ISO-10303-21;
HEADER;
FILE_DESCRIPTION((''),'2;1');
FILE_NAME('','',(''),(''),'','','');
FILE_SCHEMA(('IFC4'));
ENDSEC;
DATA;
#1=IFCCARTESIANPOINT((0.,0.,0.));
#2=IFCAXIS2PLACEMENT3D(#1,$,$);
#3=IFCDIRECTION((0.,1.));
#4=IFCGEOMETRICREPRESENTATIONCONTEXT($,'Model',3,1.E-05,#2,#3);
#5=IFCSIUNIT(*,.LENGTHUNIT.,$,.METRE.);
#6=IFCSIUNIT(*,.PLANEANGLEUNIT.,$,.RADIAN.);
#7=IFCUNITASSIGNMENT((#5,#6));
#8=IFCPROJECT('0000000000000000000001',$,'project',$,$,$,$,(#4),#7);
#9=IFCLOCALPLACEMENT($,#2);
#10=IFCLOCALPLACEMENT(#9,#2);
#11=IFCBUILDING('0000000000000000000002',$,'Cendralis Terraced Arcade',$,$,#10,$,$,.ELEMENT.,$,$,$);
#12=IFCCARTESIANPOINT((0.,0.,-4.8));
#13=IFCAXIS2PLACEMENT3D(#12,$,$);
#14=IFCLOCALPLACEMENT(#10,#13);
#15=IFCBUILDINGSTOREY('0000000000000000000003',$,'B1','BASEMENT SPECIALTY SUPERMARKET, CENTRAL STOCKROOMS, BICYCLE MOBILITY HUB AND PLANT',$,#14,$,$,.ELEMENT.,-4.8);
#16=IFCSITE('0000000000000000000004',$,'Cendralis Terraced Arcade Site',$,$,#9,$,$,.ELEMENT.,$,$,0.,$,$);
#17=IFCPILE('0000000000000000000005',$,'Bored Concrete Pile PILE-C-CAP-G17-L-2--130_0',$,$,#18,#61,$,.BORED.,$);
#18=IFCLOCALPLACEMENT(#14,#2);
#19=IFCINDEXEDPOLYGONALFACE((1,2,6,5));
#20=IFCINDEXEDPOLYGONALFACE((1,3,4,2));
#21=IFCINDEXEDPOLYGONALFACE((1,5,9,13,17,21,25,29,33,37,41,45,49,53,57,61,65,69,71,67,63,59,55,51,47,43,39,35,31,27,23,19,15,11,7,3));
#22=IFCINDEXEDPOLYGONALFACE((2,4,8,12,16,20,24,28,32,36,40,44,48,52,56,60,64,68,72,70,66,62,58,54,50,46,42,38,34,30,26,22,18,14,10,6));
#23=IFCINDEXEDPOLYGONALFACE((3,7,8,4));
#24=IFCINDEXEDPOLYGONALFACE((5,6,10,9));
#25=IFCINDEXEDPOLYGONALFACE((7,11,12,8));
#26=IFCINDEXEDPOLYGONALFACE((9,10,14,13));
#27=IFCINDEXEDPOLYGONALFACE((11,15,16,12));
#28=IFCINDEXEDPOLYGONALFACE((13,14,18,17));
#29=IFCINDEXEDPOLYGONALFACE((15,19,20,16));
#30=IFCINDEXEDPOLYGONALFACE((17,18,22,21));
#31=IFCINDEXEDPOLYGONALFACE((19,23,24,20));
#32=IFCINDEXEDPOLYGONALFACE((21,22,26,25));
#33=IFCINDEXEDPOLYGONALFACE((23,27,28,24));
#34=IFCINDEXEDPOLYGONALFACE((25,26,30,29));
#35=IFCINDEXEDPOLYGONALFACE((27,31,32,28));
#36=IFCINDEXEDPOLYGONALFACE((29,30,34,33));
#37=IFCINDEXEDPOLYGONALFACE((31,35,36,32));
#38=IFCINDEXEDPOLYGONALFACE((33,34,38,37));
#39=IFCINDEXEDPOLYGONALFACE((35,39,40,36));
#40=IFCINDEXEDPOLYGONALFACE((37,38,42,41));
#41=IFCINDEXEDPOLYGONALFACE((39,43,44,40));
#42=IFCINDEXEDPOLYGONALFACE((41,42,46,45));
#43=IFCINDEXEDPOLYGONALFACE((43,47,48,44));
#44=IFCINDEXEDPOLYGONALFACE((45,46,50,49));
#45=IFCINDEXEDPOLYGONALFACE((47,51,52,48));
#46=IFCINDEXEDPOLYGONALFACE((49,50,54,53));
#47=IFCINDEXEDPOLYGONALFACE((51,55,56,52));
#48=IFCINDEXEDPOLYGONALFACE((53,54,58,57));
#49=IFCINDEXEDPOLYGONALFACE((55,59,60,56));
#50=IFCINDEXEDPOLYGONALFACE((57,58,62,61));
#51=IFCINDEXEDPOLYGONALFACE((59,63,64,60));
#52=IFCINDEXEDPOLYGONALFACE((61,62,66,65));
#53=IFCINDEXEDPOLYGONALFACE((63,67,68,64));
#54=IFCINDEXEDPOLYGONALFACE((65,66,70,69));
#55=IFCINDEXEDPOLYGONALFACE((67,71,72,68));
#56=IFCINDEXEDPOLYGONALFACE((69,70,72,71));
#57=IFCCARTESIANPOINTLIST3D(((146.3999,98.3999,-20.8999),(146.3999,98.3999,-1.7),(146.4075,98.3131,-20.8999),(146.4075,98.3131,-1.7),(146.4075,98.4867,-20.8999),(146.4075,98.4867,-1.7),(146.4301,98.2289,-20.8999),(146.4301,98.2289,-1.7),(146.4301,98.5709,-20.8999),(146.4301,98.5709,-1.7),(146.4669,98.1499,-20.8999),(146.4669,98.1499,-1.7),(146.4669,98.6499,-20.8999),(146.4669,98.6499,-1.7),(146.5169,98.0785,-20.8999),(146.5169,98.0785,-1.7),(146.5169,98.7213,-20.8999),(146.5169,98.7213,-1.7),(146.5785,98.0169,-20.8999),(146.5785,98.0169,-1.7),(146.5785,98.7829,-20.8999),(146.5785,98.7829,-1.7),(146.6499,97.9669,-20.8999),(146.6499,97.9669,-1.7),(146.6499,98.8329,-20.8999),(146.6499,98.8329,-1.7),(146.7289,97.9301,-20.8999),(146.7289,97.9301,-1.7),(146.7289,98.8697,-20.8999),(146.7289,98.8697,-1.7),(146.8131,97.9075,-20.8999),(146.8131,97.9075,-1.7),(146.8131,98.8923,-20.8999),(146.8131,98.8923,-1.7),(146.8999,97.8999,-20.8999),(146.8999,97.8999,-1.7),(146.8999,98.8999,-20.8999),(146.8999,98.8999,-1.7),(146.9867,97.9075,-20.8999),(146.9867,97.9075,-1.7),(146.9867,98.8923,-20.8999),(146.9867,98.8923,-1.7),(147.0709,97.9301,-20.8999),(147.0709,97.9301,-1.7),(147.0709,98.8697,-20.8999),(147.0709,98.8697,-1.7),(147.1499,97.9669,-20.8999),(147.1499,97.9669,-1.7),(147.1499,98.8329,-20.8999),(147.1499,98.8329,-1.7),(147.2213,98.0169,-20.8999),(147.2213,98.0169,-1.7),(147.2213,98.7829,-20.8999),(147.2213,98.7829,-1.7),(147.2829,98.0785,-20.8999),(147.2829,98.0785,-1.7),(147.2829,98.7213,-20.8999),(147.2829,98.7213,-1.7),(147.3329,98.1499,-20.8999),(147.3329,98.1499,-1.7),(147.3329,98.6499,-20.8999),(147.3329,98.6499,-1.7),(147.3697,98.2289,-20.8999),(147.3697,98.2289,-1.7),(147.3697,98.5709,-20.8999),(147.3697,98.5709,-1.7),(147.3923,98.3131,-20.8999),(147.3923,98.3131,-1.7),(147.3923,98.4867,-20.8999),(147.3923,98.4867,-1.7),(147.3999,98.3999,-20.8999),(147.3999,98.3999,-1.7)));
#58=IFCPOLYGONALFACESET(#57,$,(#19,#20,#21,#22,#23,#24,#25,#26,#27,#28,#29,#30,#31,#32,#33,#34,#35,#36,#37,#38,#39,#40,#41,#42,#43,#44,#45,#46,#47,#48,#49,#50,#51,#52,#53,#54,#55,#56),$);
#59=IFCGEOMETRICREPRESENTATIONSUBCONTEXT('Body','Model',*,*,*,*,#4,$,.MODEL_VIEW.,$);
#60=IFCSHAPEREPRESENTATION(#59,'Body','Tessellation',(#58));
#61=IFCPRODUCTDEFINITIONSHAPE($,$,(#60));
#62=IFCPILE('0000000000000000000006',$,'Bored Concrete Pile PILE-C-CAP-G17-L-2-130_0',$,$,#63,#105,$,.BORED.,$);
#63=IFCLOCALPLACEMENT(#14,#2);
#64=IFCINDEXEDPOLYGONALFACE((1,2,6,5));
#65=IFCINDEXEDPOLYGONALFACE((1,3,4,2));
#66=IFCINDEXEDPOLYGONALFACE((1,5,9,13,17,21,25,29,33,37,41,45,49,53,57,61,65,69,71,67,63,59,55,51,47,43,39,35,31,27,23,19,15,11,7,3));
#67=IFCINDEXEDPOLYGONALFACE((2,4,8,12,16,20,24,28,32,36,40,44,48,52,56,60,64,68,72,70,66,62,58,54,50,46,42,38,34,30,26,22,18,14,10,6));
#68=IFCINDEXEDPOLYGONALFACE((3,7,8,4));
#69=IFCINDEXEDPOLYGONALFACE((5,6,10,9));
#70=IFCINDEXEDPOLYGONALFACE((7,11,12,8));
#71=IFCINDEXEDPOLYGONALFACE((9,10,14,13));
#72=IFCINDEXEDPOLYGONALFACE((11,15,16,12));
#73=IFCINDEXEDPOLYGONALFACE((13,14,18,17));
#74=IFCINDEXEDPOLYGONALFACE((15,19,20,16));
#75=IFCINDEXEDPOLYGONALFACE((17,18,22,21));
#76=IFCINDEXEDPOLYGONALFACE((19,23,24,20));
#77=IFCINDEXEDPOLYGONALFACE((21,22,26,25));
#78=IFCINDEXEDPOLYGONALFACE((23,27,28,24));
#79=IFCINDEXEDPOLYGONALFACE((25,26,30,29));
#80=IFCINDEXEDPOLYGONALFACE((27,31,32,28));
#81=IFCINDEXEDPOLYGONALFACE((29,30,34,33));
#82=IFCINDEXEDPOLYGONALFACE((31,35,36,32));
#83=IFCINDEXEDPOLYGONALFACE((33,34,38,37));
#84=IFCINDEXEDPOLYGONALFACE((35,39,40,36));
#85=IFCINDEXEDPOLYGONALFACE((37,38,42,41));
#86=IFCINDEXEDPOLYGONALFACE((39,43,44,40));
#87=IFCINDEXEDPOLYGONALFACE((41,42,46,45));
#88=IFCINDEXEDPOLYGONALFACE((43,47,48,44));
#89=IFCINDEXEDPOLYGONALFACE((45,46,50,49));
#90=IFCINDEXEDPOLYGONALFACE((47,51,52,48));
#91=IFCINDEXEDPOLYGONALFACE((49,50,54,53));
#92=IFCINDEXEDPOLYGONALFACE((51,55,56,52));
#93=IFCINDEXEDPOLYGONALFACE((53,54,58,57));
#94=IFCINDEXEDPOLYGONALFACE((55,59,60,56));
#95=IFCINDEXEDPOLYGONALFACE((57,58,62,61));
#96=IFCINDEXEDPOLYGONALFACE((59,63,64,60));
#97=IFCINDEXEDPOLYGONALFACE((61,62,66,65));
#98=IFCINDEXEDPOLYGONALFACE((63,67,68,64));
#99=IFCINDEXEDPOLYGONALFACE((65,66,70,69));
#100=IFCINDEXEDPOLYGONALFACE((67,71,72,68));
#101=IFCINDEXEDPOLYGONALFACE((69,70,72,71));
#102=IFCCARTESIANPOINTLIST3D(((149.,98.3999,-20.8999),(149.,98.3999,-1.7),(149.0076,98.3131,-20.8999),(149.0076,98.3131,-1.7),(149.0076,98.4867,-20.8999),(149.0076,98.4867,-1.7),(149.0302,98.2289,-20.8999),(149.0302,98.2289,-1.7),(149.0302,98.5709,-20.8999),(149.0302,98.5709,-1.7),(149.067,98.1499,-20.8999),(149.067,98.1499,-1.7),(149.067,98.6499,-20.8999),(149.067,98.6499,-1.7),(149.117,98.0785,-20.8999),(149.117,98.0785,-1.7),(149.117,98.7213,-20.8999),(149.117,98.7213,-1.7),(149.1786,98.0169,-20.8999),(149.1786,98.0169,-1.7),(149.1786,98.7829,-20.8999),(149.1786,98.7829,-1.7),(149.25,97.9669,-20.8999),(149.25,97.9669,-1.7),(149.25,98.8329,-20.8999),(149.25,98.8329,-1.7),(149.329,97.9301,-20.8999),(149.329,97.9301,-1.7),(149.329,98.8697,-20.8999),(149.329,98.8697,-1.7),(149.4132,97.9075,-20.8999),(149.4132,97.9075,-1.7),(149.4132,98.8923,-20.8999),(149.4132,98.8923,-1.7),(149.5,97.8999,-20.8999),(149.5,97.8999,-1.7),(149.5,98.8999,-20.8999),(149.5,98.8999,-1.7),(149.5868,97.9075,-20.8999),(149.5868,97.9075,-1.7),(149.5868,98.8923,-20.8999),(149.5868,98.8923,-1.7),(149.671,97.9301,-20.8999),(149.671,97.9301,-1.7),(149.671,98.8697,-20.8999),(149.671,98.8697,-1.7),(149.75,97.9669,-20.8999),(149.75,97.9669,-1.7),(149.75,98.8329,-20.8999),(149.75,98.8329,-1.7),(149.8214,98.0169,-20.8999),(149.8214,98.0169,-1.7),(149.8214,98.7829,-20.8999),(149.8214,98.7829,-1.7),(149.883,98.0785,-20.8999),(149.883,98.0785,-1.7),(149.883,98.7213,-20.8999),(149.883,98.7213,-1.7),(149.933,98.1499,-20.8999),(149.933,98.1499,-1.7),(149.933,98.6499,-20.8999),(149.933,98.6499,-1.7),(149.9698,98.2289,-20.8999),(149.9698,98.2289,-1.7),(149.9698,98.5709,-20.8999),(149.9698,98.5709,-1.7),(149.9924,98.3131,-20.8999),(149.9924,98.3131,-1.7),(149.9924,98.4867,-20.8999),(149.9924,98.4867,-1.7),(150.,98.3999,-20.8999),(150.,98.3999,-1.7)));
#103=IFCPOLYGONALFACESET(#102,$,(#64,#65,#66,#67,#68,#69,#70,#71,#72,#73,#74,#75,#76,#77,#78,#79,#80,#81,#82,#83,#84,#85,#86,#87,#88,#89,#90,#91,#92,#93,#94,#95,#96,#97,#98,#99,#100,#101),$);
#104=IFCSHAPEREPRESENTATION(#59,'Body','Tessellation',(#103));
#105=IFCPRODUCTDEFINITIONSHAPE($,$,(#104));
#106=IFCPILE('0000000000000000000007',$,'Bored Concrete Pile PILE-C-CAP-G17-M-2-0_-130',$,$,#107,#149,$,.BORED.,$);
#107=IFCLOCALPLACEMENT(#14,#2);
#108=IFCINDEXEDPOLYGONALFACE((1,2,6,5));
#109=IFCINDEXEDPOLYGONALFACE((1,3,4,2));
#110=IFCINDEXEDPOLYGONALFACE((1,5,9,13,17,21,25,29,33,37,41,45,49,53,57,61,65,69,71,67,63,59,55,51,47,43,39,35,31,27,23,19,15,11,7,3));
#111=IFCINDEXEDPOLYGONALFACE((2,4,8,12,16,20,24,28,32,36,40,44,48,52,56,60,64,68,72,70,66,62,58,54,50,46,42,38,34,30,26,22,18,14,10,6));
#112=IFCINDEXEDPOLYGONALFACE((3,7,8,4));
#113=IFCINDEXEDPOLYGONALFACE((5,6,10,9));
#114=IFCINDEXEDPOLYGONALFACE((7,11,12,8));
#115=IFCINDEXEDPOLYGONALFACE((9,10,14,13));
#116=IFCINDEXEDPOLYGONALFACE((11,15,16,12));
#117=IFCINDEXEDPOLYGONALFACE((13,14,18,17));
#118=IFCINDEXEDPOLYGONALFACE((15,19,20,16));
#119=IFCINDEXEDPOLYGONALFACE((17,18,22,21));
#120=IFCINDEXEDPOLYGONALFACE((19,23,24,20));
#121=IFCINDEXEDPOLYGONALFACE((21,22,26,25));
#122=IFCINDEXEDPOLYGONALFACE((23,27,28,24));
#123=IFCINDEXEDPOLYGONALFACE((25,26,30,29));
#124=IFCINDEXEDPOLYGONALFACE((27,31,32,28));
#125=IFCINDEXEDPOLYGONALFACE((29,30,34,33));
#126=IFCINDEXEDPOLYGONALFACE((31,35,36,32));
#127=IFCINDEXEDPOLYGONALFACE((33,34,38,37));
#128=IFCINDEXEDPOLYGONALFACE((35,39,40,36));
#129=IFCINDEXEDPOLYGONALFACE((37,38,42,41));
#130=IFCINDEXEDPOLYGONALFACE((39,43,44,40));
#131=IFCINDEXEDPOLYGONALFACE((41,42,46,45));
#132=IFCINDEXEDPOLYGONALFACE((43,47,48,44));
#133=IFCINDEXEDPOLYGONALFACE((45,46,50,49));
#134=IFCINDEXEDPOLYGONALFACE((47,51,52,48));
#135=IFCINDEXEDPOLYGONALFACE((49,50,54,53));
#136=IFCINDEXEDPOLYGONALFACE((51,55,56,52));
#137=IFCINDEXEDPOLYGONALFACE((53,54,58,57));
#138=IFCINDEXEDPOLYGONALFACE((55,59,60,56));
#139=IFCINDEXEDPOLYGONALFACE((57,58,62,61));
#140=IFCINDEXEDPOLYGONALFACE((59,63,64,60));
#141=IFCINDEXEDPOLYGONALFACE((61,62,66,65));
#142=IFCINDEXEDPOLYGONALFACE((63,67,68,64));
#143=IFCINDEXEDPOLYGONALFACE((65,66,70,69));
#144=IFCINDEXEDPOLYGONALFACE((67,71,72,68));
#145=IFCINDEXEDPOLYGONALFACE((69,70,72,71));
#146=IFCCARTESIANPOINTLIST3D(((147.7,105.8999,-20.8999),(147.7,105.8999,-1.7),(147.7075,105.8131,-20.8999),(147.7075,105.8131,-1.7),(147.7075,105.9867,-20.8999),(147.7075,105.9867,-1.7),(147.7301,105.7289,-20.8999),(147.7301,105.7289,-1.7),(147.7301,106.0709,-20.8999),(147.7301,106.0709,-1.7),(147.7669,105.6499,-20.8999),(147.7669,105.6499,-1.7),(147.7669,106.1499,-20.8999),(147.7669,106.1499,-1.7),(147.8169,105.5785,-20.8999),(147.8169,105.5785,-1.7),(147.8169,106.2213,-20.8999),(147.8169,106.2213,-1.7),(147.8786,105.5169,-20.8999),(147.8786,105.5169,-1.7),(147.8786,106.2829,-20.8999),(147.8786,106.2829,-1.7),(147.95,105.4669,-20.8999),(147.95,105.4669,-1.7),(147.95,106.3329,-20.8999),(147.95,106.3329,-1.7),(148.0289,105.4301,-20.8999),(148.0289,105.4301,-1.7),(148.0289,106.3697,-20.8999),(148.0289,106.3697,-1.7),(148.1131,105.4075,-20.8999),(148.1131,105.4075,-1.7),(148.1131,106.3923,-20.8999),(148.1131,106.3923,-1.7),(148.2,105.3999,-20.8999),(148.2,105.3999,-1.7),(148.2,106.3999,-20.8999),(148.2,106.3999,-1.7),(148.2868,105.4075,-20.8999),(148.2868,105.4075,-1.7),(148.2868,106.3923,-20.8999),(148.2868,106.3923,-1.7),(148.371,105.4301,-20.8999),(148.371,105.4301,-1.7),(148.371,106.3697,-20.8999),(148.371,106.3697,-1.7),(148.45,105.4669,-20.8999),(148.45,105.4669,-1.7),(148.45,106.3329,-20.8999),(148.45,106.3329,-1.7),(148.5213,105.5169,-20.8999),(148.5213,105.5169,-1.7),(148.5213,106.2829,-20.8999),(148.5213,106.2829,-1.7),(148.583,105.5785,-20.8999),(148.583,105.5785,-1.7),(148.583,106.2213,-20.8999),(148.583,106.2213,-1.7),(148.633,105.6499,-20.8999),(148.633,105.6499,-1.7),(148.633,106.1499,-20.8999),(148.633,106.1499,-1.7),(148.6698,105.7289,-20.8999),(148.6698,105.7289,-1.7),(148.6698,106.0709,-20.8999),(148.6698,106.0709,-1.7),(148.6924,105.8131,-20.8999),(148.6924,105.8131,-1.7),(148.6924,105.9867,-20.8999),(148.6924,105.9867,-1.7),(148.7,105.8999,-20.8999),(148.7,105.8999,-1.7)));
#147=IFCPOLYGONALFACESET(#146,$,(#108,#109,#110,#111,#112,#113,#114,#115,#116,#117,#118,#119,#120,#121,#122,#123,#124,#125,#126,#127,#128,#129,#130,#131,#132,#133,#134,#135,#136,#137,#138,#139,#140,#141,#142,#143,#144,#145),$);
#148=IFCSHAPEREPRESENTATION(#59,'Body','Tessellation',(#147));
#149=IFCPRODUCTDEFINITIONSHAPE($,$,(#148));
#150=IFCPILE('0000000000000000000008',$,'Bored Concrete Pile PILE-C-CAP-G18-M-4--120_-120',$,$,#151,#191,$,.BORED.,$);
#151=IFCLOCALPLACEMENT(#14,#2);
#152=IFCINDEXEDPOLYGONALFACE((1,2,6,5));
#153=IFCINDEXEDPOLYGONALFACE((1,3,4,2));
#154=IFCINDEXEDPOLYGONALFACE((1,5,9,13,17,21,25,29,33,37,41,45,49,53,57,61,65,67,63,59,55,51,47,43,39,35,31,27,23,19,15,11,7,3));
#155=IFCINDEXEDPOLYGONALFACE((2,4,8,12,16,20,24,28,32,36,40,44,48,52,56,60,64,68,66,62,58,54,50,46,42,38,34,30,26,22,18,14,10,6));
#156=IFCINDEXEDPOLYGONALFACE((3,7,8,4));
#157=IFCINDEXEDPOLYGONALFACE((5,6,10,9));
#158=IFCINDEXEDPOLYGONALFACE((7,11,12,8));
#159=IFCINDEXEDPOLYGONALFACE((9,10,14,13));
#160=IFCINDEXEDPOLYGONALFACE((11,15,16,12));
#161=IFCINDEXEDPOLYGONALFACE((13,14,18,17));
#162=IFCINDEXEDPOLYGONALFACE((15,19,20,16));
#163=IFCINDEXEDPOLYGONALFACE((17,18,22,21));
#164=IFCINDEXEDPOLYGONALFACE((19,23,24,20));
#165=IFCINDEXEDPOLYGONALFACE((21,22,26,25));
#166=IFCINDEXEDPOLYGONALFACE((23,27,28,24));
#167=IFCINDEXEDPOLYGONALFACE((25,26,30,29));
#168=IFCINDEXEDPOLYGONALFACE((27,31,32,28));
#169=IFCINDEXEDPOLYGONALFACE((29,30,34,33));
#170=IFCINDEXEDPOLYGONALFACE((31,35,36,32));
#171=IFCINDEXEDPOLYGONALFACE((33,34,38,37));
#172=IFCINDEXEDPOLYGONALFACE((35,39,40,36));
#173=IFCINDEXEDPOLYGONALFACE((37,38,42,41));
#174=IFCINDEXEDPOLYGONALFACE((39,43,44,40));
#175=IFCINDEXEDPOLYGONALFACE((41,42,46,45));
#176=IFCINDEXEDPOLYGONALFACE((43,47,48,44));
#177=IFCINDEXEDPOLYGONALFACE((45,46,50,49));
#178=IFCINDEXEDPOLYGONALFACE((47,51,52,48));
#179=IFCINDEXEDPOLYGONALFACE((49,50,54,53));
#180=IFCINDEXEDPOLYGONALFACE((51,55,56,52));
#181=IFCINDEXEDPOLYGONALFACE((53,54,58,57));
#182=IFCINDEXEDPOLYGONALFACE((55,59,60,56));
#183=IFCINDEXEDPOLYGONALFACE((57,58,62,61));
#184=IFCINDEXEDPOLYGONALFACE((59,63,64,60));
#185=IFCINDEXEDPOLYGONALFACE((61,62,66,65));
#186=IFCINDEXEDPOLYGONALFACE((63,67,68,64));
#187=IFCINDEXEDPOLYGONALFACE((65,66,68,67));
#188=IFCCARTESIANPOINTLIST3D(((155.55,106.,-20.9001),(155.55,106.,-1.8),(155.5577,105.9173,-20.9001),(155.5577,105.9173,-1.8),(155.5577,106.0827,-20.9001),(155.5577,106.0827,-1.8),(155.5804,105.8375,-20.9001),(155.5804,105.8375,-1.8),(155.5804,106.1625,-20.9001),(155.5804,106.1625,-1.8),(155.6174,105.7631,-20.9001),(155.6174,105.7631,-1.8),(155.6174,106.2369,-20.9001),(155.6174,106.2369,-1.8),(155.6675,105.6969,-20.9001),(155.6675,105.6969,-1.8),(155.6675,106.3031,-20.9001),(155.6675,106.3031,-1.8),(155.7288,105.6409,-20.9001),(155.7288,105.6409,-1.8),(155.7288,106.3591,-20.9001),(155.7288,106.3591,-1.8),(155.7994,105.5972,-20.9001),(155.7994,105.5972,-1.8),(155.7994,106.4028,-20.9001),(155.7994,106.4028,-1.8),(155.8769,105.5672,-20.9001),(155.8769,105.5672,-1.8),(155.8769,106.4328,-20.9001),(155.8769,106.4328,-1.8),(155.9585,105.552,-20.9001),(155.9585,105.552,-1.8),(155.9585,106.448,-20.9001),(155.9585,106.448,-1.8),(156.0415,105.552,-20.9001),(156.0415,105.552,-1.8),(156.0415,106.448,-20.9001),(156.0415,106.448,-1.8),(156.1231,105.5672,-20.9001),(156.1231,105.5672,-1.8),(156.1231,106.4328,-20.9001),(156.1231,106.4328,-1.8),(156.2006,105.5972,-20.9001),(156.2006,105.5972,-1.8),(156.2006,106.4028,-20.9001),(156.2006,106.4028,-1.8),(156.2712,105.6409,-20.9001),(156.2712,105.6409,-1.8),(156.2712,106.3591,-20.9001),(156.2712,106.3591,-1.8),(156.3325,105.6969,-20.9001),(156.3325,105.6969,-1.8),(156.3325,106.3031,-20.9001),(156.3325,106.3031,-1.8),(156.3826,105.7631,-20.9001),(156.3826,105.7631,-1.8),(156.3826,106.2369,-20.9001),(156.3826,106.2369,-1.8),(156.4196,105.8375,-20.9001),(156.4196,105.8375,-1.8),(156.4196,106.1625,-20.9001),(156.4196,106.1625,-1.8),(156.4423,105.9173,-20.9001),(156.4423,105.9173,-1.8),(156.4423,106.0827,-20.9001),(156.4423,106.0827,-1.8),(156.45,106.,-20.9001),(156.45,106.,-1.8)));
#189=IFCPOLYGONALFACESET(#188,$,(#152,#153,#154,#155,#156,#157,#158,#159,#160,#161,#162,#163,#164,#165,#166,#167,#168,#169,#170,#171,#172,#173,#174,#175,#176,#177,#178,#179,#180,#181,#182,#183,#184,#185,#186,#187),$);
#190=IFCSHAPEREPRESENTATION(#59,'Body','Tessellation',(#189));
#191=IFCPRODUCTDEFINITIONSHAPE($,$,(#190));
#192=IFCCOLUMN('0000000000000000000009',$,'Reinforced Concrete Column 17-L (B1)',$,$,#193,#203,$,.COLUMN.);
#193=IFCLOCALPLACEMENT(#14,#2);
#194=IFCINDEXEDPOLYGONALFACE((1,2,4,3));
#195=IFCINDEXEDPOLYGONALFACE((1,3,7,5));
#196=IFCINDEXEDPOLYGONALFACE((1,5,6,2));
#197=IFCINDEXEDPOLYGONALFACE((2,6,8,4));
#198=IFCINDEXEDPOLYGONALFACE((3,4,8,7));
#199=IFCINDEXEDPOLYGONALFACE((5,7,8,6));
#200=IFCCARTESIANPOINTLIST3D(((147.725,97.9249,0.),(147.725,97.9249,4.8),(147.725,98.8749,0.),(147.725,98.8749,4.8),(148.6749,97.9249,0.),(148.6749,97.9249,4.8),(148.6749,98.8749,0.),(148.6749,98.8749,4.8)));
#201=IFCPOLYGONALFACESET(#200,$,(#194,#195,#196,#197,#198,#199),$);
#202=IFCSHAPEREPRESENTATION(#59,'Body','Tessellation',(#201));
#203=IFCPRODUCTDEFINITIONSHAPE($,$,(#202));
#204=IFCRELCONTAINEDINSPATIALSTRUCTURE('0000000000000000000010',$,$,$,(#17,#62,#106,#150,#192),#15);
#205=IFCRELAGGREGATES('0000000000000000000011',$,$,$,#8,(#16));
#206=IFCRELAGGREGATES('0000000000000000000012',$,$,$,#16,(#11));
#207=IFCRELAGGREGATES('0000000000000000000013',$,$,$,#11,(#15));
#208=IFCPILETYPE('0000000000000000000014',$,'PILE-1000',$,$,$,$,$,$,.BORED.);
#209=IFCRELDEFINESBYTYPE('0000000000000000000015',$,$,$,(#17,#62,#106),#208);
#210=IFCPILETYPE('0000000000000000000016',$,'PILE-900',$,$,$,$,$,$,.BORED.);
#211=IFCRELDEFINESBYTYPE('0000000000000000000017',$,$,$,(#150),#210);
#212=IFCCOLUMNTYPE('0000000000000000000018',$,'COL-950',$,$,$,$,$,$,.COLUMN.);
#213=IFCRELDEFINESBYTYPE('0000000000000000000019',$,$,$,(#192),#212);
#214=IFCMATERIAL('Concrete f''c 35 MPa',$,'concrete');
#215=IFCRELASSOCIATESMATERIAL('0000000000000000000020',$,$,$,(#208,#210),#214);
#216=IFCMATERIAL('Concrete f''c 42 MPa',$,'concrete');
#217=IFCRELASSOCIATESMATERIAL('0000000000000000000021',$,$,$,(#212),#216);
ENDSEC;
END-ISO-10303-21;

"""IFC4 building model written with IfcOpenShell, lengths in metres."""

from ifc_helpers import new_model, si_unit, direction, frame, origin, origin_2d, place, context, subcontext, project, spatial, rectangle, circle, extrude, material, material_profile, profile_set, type_object, element, save


model = new_model("IFC4")

# Units and contexts
model_context = context("Model", 3, precision=1e-05, world=origin(), true_north=direction((0.0, 1.0)))
body_context = subcontext(model_context, "Body", "Model", "MODEL_VIEW")
ifc_project = project(units=[si_unit("LENGTHUNIT", "METRE"), si_unit("PLANEANGLEUNIT", "RADIAN")], contexts=[model_context])

# Site, building, storey
site_placement = place(None, origin())
site = spatial("IfcSite", under=ifc_project, at=site_placement, Name="Cendralis Terraced Arcade Site", CompositionType="ELEMENT", RefElevation=0.0)
building_placement = place(site_placement, origin())
building = spatial("IfcBuilding", under=site, at=building_placement, Name="Cendralis Terraced Arcade", CompositionType="ELEMENT")
storey_placement = place(building_placement, frame((0.0, 0.0, -4.8)))
storey = spatial("IfcBuildingStorey", under=building, at=storey_placement, Name="B1", Description="BASEMENT SPECIALTY SUPERMARKET, CENTRAL STOCKROOMS, BICYCLE MOBILITY HUB AND PLANT", CompositionType="ELEMENT", Elevation=-4.8)

# Shared definitions
ifc_material_1 = material(Name="Concrete f'c 35 MPa", Category="concrete")

# Piles
ifc_material_profile_1 = material_profile(ifc_material_1, circle(Radius=0.5, at=origin_2d()), Name="PILE-D1000", Category="LoadBearing")
ifc_profile_set_1 = profile_set([ifc_material_profile_1], Name="Concrete f'c 35 MPa")
pile_type_1 = type_object("IfcPileType", Name="PILE-1000", PredefinedType="BORED", material=ifc_profile_set_1)
for number, where, z_axis, x_axis, name in (
    (1, (146.8999, 98.3999, -1.7), (0.0, 0.0, -1.0), (1.0, 0.0, 0.0), "Bored Concrete Pile PILE-C-CAP-G17-L-2--130_0"),
    (2, (149.5, 98.3999, -1.7), (0.0, 0.0, -1.0), (1.0, 0.0, 0.0), "Bored Concrete Pile PILE-C-CAP-G17-L-2-130_0"),
    (3, (148.2, 105.8999, -1.7), (0.0, 0.0, -1.0), (1.0, 0.0, 0.0), "Bored Concrete Pile PILE-C-CAP-G17-M-2-0_-130"),
):
    element("IfcPile", number, at=place(storey_placement, frame(where, z_axis=z_axis, x_axis=x_axis)), inside=storey, type_object=pile_type_1, Name=name, PredefinedType="BORED", context=body_context, shape_type="SweptSolid", body=[
        extrude(circle(Radius=0.5, at=origin_2d()), origin(), (0.0, 0.0, 1.0), 19.2),
    ])
ifc_material_profile_2 = material_profile(ifc_material_1, circle(Radius=0.45, at=origin_2d()), Name="PILE-D900", Category="LoadBearing")
ifc_profile_set_2 = profile_set([ifc_material_profile_2], Name="Concrete f'c 35 MPa")
pile_type_2 = type_object("IfcPileType", Name="PILE-900", PredefinedType="BORED", material=ifc_profile_set_2)
pile_1_placement = place(storey_placement, frame((156.0, 106.0, -1.8), z_axis=(0.0, 0.0, -1.0), x_axis=(1.0, 0.0, 0.0)))
element("IfcPile", 4, at=pile_1_placement, inside=storey, type_object=pile_type_2, Name="Bored Concrete Pile PILE-C-CAP-G18-M-4--120_-120", PredefinedType="BORED", context=body_context, shape_type="SweptSolid", body=[
    extrude(circle(Radius=0.45, at=origin_2d()), origin(), (0.0, 0.0, 1.0), 19.1001),
])

# Column
ifc_material_2 = material(Name="Concrete f'c 42 MPa", Category="concrete")
ifc_material_profile_3 = material_profile(ifc_material_2, rectangle(XDim=0.95, YDim=0.95, at=origin_2d()), Name="RC-COL-950x950", Category="LoadBearing")
ifc_profile_set_3 = profile_set([ifc_material_profile_3], Name="Concrete f'c 42 MPa")
column_type = type_object("IfcColumnType", Name="COL-950", PredefinedType="COLUMN", material=ifc_profile_set_3)
column_placement = place(storey_placement, frame((148.2, 98.3999, 0.0), z_axis=(0.0, 0.0, 1.0), x_axis=(1.0, 0.0, 0.0)))
element("IfcColumn", 5, at=column_placement, inside=storey, type_object=column_type, Name="Reinforced Concrete Column 17-L (B1)", PredefinedType="COLUMN", context=body_context, shape_type="SweptSolid", body=[
    extrude(rectangle(XDim=0.95, YDim=0.95, at=origin_2d()), origin(), (0.0, 0.0, 1.0), 4.8),
])

save(model, "model.ifc")
